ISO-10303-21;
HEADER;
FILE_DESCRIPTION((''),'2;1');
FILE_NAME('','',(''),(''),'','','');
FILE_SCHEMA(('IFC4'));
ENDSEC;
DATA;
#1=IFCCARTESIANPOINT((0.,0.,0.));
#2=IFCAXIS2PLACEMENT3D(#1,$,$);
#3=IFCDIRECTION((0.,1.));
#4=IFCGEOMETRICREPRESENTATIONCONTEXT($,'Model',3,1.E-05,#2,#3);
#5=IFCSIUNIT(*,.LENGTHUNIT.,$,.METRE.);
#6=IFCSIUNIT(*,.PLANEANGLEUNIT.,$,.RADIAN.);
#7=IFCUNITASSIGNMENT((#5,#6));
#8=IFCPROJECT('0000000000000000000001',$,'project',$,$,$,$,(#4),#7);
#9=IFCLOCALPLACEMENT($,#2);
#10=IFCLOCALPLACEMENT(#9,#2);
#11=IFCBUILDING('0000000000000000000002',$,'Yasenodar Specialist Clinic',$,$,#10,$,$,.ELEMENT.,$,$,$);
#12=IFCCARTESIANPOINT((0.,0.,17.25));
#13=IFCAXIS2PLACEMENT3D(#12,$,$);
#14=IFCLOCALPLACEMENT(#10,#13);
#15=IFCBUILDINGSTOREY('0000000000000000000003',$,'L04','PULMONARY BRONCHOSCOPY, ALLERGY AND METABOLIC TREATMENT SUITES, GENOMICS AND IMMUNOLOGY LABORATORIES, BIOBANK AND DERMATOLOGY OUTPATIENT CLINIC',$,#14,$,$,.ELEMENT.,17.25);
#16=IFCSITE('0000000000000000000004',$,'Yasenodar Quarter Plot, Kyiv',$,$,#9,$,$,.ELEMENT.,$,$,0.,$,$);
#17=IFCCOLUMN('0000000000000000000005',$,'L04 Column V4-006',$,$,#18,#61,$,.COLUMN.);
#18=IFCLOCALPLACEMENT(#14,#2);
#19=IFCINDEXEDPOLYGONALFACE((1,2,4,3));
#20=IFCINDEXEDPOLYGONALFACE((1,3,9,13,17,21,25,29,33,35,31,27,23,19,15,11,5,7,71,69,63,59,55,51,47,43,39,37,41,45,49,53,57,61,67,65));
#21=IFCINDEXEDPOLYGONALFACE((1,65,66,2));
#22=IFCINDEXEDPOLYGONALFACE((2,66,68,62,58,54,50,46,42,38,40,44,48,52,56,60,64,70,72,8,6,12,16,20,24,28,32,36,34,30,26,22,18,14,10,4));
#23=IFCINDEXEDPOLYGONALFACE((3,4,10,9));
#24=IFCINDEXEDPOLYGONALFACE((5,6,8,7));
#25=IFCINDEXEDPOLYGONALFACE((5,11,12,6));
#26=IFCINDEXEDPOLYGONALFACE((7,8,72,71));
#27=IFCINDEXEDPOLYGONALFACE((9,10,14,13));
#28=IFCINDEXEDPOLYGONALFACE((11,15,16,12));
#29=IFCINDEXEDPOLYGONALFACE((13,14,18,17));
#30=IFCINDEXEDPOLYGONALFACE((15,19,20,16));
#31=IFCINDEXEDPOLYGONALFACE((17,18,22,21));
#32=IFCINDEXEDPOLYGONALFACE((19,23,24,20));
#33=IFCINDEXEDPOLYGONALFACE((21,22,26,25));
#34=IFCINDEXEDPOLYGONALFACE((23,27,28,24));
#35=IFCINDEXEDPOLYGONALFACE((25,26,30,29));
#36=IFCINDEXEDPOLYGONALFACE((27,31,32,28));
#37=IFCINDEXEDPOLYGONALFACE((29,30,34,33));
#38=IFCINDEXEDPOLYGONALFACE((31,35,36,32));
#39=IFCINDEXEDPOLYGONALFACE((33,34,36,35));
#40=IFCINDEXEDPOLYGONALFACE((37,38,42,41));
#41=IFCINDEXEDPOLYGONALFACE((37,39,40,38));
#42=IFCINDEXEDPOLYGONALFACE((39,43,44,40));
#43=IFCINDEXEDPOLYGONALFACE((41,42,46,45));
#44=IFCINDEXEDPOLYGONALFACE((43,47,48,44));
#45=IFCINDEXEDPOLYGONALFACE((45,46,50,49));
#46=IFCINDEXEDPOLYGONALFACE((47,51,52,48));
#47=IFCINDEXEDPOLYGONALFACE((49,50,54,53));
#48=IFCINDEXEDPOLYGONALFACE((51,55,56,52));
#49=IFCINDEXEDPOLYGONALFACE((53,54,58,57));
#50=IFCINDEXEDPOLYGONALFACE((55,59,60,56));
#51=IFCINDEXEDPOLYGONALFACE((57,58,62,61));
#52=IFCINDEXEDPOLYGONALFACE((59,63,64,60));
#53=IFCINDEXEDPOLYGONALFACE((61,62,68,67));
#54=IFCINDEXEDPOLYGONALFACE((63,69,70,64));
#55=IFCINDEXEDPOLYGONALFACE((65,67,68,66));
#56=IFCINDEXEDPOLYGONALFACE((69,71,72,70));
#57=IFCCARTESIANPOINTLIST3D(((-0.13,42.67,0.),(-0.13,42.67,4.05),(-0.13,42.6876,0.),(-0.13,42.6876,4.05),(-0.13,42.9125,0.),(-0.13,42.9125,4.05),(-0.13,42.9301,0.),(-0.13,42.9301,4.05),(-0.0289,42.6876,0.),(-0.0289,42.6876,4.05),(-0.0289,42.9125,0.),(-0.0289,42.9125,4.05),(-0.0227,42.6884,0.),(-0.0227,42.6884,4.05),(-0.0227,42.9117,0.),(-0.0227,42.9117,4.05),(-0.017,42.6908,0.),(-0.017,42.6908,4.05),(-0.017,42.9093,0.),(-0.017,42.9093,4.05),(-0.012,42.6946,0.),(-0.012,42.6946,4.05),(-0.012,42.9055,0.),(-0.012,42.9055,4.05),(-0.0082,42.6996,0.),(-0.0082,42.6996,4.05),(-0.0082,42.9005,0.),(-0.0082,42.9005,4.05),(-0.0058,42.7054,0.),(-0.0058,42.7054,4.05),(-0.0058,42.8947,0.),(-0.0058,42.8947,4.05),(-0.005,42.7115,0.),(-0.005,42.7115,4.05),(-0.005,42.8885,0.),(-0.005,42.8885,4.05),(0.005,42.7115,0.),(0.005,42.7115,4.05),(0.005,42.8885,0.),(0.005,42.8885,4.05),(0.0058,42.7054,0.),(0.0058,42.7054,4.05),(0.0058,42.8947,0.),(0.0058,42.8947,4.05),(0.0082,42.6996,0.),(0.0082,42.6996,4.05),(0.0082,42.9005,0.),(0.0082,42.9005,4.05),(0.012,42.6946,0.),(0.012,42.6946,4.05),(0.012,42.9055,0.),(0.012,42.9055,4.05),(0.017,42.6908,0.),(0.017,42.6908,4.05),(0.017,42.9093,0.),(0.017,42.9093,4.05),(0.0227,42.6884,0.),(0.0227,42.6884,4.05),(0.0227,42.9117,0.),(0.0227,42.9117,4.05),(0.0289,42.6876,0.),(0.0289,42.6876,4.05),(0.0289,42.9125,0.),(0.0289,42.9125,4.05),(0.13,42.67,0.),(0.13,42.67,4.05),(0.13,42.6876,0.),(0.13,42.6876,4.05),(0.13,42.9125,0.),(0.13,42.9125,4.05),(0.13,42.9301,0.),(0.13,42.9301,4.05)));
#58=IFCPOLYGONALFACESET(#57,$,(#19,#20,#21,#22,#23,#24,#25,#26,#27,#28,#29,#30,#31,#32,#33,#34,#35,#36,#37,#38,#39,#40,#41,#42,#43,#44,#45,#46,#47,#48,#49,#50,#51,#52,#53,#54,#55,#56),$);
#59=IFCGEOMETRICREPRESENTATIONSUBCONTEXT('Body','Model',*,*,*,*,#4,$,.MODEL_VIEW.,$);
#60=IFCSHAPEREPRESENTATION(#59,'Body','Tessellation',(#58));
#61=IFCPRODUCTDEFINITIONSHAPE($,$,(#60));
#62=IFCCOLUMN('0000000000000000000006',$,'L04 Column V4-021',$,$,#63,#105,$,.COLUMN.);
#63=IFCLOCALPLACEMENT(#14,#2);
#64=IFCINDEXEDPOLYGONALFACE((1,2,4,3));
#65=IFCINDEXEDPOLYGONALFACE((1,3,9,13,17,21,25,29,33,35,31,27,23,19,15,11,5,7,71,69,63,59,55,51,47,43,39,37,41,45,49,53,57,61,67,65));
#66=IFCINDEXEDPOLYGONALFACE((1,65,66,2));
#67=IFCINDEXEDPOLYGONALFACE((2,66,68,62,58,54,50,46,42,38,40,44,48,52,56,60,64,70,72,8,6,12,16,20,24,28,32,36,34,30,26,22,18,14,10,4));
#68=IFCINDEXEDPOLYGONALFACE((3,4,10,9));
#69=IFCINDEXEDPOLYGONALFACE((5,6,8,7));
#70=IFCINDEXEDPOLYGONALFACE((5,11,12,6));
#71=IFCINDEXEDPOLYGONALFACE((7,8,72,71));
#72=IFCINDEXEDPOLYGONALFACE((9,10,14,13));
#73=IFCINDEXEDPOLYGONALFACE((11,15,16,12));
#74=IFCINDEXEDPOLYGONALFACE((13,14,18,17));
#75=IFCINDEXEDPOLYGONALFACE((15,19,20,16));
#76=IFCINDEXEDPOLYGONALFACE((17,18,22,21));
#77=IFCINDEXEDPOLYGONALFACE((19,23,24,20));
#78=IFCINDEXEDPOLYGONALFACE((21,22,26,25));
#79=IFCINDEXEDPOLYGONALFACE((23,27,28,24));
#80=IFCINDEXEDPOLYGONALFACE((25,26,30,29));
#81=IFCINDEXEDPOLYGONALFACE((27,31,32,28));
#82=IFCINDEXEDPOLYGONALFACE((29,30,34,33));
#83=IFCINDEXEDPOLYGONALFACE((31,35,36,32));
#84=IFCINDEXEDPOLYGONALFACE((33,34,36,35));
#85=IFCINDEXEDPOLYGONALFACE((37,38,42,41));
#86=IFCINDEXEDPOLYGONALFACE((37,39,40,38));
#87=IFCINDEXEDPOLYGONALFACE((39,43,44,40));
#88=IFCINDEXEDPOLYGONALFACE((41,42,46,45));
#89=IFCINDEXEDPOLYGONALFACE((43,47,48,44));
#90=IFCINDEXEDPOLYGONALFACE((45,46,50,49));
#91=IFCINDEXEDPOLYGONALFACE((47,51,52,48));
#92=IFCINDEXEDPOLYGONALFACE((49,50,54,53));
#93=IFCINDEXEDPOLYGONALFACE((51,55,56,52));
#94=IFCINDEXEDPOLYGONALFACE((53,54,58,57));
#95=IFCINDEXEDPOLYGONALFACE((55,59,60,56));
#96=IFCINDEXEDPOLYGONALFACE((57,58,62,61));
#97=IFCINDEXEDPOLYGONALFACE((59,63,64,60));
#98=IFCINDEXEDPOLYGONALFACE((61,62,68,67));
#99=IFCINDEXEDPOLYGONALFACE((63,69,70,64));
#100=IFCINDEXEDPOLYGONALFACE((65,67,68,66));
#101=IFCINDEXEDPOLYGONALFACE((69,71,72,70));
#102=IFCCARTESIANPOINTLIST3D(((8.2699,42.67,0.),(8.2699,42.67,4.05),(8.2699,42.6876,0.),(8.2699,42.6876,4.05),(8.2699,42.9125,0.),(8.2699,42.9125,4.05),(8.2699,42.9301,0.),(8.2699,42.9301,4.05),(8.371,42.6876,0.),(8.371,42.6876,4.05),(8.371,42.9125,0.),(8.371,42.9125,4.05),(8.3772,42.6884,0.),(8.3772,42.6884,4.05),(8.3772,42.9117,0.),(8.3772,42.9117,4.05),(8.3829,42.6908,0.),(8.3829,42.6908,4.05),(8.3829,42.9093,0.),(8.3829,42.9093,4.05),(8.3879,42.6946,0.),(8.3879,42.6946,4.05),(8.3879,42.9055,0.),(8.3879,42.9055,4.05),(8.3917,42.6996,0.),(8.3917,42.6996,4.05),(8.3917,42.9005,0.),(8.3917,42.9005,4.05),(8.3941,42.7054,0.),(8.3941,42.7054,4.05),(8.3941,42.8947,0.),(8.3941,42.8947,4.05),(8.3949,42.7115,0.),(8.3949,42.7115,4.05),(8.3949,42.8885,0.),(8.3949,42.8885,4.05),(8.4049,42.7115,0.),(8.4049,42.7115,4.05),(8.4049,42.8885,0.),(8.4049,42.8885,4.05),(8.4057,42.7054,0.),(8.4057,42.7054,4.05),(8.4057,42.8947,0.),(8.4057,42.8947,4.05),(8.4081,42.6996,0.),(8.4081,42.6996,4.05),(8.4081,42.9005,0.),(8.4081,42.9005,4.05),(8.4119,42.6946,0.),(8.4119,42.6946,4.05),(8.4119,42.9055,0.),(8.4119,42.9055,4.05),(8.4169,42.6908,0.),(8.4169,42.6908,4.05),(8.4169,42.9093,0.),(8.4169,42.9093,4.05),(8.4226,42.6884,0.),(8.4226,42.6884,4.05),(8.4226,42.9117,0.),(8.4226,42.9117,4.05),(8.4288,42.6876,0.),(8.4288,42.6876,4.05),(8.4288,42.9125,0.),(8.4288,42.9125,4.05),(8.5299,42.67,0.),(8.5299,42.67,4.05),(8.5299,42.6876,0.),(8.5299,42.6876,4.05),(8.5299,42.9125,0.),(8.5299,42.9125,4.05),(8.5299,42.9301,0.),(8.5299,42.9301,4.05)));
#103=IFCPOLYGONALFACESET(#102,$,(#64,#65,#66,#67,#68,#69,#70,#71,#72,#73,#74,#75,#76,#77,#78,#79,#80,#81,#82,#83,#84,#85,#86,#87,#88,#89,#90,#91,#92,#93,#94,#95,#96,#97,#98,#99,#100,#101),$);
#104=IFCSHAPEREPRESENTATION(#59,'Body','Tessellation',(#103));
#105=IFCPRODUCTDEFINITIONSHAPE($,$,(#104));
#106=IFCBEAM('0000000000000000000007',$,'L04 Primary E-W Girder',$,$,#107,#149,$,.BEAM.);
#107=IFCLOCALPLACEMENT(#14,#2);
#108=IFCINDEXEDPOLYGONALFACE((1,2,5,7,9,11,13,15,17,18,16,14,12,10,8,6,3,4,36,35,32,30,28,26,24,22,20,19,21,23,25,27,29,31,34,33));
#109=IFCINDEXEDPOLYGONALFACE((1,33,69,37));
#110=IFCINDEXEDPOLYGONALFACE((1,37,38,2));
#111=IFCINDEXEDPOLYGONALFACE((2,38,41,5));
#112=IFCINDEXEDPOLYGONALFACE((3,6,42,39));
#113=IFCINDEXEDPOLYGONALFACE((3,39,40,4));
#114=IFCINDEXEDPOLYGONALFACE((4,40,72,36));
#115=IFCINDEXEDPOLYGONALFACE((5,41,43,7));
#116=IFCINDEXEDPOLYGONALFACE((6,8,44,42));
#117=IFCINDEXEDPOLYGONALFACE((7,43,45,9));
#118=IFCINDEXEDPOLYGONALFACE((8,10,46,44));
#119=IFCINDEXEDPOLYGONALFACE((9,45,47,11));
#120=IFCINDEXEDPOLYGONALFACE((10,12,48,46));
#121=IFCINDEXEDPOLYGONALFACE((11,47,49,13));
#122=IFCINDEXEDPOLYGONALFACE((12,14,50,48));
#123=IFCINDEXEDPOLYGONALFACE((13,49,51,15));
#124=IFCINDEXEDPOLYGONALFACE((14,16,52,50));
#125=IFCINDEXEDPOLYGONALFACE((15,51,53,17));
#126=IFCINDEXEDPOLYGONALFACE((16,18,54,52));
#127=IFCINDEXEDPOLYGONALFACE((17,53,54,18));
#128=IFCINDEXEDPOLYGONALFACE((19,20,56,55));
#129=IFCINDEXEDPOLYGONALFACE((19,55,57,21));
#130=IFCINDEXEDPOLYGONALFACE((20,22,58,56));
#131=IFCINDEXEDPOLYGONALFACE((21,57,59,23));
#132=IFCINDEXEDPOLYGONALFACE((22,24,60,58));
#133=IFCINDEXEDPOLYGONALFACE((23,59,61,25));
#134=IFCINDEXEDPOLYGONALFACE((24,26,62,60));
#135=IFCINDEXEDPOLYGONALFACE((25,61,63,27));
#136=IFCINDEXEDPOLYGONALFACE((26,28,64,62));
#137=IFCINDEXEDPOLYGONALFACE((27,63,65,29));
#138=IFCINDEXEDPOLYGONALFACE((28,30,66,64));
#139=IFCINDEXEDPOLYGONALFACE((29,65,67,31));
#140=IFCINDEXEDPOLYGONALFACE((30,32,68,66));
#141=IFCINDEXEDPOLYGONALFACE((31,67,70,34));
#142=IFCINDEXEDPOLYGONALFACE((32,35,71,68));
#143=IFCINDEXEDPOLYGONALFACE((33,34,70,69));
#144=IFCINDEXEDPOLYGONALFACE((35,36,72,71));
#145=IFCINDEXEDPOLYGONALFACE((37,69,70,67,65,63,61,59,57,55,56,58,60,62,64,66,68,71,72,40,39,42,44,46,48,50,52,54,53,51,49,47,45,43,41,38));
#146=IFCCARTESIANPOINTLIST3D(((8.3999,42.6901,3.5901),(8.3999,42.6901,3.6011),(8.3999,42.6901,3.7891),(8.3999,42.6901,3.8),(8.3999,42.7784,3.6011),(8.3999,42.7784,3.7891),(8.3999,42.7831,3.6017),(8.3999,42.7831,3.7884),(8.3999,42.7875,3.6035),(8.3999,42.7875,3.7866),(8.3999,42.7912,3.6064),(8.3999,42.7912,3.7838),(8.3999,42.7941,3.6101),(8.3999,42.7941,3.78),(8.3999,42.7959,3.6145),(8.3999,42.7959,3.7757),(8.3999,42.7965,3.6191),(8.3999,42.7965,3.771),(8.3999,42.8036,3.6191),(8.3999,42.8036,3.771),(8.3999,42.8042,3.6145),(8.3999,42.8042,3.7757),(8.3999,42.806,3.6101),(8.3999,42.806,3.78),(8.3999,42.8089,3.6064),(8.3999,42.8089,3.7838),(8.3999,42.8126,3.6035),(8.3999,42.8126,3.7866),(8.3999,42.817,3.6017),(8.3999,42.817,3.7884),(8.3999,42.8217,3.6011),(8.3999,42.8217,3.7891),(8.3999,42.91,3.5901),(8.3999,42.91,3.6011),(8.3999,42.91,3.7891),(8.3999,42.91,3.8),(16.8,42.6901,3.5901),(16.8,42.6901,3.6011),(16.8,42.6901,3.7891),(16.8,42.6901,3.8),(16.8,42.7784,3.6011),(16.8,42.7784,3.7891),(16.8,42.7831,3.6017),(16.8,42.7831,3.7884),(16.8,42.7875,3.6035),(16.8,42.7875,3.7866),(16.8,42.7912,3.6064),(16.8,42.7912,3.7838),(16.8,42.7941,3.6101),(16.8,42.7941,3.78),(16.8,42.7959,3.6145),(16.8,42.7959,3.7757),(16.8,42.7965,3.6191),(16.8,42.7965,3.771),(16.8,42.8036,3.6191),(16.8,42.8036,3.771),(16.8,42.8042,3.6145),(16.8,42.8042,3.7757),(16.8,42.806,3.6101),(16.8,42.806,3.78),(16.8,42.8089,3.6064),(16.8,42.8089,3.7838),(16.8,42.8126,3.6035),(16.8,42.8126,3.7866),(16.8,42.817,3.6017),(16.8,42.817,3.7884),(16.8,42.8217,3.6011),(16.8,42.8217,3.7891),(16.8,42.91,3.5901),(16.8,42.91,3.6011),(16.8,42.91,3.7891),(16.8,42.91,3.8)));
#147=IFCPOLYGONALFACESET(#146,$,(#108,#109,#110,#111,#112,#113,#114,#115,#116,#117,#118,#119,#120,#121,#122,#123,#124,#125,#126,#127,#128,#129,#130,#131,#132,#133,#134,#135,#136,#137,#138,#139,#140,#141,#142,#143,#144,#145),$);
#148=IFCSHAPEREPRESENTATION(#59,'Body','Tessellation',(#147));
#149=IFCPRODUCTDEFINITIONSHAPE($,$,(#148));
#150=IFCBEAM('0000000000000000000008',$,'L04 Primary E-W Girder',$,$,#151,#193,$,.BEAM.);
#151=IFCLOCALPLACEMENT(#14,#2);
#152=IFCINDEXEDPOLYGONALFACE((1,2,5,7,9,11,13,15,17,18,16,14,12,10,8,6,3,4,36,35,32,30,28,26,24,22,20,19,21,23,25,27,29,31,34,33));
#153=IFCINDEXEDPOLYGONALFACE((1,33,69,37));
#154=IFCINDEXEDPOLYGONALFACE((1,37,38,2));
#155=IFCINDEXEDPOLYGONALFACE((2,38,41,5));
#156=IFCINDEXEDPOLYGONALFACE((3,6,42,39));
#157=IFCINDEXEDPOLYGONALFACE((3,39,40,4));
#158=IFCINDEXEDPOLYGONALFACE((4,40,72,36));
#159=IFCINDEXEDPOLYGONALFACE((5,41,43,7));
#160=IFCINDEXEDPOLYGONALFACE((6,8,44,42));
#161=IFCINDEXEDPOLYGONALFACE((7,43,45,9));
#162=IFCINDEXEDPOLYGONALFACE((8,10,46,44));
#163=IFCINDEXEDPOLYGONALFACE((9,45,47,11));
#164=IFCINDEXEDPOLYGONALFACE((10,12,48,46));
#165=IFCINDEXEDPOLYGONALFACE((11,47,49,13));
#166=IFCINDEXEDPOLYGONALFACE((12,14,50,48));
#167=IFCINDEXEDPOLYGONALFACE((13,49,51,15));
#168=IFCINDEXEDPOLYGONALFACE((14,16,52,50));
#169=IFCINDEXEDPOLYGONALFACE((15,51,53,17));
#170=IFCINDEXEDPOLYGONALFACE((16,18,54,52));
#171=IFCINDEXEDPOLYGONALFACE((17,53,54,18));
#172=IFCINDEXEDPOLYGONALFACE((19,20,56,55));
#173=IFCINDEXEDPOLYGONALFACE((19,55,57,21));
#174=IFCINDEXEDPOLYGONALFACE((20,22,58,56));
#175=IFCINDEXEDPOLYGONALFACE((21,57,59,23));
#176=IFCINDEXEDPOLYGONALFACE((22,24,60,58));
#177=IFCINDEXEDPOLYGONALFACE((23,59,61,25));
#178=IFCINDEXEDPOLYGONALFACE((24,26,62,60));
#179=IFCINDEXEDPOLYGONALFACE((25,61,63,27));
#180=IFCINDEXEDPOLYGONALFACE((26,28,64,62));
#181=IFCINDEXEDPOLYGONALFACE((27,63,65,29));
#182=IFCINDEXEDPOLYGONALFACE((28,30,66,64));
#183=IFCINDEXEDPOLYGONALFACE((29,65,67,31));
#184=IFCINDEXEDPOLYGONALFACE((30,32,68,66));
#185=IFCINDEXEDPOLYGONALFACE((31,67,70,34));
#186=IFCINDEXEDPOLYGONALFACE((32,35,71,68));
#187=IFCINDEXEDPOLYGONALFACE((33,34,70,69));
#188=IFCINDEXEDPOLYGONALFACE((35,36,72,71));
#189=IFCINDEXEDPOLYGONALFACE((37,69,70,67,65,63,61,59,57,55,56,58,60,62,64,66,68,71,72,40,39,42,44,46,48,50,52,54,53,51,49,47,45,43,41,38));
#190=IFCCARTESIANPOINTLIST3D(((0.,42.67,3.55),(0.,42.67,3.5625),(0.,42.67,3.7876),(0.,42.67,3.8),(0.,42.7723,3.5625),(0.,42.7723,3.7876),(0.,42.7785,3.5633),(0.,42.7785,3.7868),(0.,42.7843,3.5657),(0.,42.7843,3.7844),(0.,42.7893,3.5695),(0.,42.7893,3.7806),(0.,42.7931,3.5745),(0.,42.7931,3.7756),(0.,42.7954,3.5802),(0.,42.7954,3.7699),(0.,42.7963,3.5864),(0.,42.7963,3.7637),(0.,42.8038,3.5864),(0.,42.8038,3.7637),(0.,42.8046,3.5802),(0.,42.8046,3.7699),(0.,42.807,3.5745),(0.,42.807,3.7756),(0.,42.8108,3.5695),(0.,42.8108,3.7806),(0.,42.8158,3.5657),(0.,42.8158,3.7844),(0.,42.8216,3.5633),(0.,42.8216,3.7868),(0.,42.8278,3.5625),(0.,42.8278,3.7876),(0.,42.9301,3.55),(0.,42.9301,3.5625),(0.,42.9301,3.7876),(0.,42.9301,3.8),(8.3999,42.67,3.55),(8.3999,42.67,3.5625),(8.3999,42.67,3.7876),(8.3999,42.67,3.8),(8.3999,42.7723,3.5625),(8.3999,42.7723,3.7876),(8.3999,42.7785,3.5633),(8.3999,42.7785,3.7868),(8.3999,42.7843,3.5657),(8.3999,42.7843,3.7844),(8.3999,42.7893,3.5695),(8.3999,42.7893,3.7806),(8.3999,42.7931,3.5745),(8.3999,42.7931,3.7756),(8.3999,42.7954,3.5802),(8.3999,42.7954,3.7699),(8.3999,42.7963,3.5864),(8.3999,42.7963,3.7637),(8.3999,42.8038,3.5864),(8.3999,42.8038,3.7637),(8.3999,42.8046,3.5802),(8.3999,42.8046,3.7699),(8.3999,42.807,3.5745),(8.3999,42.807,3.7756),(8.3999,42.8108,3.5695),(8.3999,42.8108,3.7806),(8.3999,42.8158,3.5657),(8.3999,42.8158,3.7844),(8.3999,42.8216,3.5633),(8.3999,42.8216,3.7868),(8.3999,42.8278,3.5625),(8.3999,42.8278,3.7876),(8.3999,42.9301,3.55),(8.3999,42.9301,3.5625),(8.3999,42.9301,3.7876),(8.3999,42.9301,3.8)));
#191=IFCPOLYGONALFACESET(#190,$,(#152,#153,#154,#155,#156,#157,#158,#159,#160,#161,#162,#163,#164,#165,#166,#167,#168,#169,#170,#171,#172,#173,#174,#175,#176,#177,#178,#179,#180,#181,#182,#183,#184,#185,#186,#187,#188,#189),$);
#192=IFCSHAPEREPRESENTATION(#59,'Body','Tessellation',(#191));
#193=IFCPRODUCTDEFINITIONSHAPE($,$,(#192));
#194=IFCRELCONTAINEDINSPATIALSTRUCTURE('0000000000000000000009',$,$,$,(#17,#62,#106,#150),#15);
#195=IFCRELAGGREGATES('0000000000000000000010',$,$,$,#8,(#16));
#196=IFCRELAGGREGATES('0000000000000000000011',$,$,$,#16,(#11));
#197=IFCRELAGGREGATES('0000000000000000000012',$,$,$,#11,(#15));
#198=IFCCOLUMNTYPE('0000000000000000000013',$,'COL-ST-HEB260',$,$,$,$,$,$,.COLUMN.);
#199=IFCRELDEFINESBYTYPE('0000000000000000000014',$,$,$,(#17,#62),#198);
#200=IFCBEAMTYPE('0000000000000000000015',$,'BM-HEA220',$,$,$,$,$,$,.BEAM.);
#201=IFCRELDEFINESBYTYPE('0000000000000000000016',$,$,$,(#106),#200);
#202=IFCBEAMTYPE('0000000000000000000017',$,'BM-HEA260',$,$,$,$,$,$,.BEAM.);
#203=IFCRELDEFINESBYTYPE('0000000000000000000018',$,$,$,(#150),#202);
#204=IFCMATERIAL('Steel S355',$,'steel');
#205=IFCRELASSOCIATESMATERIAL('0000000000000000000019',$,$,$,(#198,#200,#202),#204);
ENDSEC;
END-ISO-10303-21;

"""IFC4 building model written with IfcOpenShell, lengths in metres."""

from ifc_helpers import new_model, si_unit, direction, frame, origin, origin_2d, place, context, subcontext, project, spatial, i_section, extrude, material, material_profile, profile_set, type_object, element, save


model = new_model("IFC4")

# Units and contexts
model_context = context("Model", 3, precision=1e-05, world=origin(), true_north=direction((0.0, 1.0)))
body_context = subcontext(model_context, "Body", "Model", "MODEL_VIEW")
ifc_project = project(units=[si_unit("LENGTHUNIT", "METRE"), si_unit("PLANEANGLEUNIT", "RADIAN")], contexts=[model_context])

# Site, building, storey
site_placement = place(None, origin())
site = spatial("IfcSite", under=ifc_project, at=site_placement, Name="Yasenodar Quarter Plot, Kyiv", CompositionType="ELEMENT", RefElevation=0.0)
building_placement = place(site_placement, origin())
building = spatial("IfcBuilding", under=site, at=building_placement, Name="Yasenodar Specialist Clinic", CompositionType="ELEMENT")
storey_placement = place(building_placement, frame((0.0, 0.0, 17.25)))
storey = spatial("IfcBuildingStorey", under=building, at=storey_placement, Name="L04", Description="PULMONARY BRONCHOSCOPY, ALLERGY AND METABOLIC TREATMENT SUITES, GENOMICS AND IMMUNOLOGY LABORATORIES, BIOBANK AND DERMATOLOGY OUTPATIENT CLINIC", CompositionType="ELEMENT", Elevation=17.25)

# Columns
ifc_material_1 = material(Name="Steel S355", Category="steel")
ifc_material_profile_1 = material_profile(ifc_material_1, i_section(OverallWidth=0.26, OverallDepth=0.26, WebThickness=0.01, FlangeThickness=0.0176, FilletRadius=0.0239, at=origin_2d()), Name="HEB 260")
ifc_profile_set_1 = profile_set([ifc_material_profile_1], Name="Steel S355")
column_type = type_object("IfcColumnType", Name="COL-ST-HEB260", PredefinedType="COLUMN", material=ifc_profile_set_1)
for number, where, z_axis, x_axis, name in (
    (1, (0.0, 42.8, 0.0), (0.0, 0.0, 1.0), (1.0, 0.0, 0.0), "L04 Column V4-006"),
    (2, (8.3999, 42.8, 0.0), (0.0, 0.0, 1.0), (1.0, 0.0, 0.0), "L04 Column V4-021"),
):
    element("IfcColumn", number, at=place(storey_placement, frame(where, z_axis=z_axis, x_axis=x_axis)), inside=storey, type_object=column_type, Name=name, PredefinedType="COLUMN", context=body_context, shape_type="SweptSolid", body=[
        extrude(i_section(OverallWidth=0.26, OverallDepth=0.26, WebThickness=0.01, FlangeThickness=0.0176, FilletRadius=0.0239, at=origin_2d()), origin(), (0.0, 0.0, 1.0), 4.05),
    ])

# Beams
ifc_material_profile_2 = material_profile(ifc_material_1, i_section(OverallWidth=0.22, OverallDepth=0.21, WebThickness=0.0071, FlangeThickness=0.011, FilletRadius=0.0181, at=origin_2d()), Name="HEA 220")
ifc_profile_set_2 = profile_set([ifc_material_profile_2], Name="Steel S355")
beam_type_1 = type_object("IfcBeamType", Name="BM-HEA220", PredefinedType="BEAM", material=ifc_profile_set_2)
beam_1_placement = place(storey_placement, frame((8.3999, 42.8, 3.6951), z_axis=(1.0, 0.0, 0.0), x_axis=(0.0, 1.0, 0.0)))
element("IfcBeam", 3, at=beam_1_placement, inside=storey, type_object=beam_type_1, Name="L04 Primary E-W Girder", PredefinedType="BEAM", context=body_context, shape_type="SweptSolid", body=[
    extrude(i_section(OverallWidth=0.22, OverallDepth=0.21, WebThickness=0.0071, FlangeThickness=0.011, FilletRadius=0.0181, at=origin_2d()), origin(), (0.0, 0.0, 1.0), 8.4001),
])
ifc_material_profile_3 = material_profile(ifc_material_1, i_section(OverallWidth=0.26, OverallDepth=0.25, WebThickness=0.0076, FlangeThickness=0.0125, FilletRadius=0.0239, at=origin_2d()), Name="HEA 260")
ifc_profile_set_3 = profile_set([ifc_material_profile_3], Name="Steel S355")
beam_type_2 = type_object("IfcBeamType", Name="BM-HEA260", PredefinedType="BEAM", material=ifc_profile_set_3)
beam_2_placement = place(storey_placement, frame((0.0, 42.8, 3.675), z_axis=(1.0, 0.0, 0.0), x_axis=(0.0, 1.0, 0.0)))
element("IfcBeam", 4, at=beam_2_placement, inside=storey, type_object=beam_type_2, Name="L04 Primary E-W Girder", PredefinedType="BEAM", context=body_context, shape_type="SweptSolid", body=[
    extrude(i_section(OverallWidth=0.26, OverallDepth=0.25, WebThickness=0.0076, FlangeThickness=0.0125, FilletRadius=0.0239, at=origin_2d()), origin(), (0.0, 0.0, 1.0), 8.3999),
])

save(model, "model.ifc")
